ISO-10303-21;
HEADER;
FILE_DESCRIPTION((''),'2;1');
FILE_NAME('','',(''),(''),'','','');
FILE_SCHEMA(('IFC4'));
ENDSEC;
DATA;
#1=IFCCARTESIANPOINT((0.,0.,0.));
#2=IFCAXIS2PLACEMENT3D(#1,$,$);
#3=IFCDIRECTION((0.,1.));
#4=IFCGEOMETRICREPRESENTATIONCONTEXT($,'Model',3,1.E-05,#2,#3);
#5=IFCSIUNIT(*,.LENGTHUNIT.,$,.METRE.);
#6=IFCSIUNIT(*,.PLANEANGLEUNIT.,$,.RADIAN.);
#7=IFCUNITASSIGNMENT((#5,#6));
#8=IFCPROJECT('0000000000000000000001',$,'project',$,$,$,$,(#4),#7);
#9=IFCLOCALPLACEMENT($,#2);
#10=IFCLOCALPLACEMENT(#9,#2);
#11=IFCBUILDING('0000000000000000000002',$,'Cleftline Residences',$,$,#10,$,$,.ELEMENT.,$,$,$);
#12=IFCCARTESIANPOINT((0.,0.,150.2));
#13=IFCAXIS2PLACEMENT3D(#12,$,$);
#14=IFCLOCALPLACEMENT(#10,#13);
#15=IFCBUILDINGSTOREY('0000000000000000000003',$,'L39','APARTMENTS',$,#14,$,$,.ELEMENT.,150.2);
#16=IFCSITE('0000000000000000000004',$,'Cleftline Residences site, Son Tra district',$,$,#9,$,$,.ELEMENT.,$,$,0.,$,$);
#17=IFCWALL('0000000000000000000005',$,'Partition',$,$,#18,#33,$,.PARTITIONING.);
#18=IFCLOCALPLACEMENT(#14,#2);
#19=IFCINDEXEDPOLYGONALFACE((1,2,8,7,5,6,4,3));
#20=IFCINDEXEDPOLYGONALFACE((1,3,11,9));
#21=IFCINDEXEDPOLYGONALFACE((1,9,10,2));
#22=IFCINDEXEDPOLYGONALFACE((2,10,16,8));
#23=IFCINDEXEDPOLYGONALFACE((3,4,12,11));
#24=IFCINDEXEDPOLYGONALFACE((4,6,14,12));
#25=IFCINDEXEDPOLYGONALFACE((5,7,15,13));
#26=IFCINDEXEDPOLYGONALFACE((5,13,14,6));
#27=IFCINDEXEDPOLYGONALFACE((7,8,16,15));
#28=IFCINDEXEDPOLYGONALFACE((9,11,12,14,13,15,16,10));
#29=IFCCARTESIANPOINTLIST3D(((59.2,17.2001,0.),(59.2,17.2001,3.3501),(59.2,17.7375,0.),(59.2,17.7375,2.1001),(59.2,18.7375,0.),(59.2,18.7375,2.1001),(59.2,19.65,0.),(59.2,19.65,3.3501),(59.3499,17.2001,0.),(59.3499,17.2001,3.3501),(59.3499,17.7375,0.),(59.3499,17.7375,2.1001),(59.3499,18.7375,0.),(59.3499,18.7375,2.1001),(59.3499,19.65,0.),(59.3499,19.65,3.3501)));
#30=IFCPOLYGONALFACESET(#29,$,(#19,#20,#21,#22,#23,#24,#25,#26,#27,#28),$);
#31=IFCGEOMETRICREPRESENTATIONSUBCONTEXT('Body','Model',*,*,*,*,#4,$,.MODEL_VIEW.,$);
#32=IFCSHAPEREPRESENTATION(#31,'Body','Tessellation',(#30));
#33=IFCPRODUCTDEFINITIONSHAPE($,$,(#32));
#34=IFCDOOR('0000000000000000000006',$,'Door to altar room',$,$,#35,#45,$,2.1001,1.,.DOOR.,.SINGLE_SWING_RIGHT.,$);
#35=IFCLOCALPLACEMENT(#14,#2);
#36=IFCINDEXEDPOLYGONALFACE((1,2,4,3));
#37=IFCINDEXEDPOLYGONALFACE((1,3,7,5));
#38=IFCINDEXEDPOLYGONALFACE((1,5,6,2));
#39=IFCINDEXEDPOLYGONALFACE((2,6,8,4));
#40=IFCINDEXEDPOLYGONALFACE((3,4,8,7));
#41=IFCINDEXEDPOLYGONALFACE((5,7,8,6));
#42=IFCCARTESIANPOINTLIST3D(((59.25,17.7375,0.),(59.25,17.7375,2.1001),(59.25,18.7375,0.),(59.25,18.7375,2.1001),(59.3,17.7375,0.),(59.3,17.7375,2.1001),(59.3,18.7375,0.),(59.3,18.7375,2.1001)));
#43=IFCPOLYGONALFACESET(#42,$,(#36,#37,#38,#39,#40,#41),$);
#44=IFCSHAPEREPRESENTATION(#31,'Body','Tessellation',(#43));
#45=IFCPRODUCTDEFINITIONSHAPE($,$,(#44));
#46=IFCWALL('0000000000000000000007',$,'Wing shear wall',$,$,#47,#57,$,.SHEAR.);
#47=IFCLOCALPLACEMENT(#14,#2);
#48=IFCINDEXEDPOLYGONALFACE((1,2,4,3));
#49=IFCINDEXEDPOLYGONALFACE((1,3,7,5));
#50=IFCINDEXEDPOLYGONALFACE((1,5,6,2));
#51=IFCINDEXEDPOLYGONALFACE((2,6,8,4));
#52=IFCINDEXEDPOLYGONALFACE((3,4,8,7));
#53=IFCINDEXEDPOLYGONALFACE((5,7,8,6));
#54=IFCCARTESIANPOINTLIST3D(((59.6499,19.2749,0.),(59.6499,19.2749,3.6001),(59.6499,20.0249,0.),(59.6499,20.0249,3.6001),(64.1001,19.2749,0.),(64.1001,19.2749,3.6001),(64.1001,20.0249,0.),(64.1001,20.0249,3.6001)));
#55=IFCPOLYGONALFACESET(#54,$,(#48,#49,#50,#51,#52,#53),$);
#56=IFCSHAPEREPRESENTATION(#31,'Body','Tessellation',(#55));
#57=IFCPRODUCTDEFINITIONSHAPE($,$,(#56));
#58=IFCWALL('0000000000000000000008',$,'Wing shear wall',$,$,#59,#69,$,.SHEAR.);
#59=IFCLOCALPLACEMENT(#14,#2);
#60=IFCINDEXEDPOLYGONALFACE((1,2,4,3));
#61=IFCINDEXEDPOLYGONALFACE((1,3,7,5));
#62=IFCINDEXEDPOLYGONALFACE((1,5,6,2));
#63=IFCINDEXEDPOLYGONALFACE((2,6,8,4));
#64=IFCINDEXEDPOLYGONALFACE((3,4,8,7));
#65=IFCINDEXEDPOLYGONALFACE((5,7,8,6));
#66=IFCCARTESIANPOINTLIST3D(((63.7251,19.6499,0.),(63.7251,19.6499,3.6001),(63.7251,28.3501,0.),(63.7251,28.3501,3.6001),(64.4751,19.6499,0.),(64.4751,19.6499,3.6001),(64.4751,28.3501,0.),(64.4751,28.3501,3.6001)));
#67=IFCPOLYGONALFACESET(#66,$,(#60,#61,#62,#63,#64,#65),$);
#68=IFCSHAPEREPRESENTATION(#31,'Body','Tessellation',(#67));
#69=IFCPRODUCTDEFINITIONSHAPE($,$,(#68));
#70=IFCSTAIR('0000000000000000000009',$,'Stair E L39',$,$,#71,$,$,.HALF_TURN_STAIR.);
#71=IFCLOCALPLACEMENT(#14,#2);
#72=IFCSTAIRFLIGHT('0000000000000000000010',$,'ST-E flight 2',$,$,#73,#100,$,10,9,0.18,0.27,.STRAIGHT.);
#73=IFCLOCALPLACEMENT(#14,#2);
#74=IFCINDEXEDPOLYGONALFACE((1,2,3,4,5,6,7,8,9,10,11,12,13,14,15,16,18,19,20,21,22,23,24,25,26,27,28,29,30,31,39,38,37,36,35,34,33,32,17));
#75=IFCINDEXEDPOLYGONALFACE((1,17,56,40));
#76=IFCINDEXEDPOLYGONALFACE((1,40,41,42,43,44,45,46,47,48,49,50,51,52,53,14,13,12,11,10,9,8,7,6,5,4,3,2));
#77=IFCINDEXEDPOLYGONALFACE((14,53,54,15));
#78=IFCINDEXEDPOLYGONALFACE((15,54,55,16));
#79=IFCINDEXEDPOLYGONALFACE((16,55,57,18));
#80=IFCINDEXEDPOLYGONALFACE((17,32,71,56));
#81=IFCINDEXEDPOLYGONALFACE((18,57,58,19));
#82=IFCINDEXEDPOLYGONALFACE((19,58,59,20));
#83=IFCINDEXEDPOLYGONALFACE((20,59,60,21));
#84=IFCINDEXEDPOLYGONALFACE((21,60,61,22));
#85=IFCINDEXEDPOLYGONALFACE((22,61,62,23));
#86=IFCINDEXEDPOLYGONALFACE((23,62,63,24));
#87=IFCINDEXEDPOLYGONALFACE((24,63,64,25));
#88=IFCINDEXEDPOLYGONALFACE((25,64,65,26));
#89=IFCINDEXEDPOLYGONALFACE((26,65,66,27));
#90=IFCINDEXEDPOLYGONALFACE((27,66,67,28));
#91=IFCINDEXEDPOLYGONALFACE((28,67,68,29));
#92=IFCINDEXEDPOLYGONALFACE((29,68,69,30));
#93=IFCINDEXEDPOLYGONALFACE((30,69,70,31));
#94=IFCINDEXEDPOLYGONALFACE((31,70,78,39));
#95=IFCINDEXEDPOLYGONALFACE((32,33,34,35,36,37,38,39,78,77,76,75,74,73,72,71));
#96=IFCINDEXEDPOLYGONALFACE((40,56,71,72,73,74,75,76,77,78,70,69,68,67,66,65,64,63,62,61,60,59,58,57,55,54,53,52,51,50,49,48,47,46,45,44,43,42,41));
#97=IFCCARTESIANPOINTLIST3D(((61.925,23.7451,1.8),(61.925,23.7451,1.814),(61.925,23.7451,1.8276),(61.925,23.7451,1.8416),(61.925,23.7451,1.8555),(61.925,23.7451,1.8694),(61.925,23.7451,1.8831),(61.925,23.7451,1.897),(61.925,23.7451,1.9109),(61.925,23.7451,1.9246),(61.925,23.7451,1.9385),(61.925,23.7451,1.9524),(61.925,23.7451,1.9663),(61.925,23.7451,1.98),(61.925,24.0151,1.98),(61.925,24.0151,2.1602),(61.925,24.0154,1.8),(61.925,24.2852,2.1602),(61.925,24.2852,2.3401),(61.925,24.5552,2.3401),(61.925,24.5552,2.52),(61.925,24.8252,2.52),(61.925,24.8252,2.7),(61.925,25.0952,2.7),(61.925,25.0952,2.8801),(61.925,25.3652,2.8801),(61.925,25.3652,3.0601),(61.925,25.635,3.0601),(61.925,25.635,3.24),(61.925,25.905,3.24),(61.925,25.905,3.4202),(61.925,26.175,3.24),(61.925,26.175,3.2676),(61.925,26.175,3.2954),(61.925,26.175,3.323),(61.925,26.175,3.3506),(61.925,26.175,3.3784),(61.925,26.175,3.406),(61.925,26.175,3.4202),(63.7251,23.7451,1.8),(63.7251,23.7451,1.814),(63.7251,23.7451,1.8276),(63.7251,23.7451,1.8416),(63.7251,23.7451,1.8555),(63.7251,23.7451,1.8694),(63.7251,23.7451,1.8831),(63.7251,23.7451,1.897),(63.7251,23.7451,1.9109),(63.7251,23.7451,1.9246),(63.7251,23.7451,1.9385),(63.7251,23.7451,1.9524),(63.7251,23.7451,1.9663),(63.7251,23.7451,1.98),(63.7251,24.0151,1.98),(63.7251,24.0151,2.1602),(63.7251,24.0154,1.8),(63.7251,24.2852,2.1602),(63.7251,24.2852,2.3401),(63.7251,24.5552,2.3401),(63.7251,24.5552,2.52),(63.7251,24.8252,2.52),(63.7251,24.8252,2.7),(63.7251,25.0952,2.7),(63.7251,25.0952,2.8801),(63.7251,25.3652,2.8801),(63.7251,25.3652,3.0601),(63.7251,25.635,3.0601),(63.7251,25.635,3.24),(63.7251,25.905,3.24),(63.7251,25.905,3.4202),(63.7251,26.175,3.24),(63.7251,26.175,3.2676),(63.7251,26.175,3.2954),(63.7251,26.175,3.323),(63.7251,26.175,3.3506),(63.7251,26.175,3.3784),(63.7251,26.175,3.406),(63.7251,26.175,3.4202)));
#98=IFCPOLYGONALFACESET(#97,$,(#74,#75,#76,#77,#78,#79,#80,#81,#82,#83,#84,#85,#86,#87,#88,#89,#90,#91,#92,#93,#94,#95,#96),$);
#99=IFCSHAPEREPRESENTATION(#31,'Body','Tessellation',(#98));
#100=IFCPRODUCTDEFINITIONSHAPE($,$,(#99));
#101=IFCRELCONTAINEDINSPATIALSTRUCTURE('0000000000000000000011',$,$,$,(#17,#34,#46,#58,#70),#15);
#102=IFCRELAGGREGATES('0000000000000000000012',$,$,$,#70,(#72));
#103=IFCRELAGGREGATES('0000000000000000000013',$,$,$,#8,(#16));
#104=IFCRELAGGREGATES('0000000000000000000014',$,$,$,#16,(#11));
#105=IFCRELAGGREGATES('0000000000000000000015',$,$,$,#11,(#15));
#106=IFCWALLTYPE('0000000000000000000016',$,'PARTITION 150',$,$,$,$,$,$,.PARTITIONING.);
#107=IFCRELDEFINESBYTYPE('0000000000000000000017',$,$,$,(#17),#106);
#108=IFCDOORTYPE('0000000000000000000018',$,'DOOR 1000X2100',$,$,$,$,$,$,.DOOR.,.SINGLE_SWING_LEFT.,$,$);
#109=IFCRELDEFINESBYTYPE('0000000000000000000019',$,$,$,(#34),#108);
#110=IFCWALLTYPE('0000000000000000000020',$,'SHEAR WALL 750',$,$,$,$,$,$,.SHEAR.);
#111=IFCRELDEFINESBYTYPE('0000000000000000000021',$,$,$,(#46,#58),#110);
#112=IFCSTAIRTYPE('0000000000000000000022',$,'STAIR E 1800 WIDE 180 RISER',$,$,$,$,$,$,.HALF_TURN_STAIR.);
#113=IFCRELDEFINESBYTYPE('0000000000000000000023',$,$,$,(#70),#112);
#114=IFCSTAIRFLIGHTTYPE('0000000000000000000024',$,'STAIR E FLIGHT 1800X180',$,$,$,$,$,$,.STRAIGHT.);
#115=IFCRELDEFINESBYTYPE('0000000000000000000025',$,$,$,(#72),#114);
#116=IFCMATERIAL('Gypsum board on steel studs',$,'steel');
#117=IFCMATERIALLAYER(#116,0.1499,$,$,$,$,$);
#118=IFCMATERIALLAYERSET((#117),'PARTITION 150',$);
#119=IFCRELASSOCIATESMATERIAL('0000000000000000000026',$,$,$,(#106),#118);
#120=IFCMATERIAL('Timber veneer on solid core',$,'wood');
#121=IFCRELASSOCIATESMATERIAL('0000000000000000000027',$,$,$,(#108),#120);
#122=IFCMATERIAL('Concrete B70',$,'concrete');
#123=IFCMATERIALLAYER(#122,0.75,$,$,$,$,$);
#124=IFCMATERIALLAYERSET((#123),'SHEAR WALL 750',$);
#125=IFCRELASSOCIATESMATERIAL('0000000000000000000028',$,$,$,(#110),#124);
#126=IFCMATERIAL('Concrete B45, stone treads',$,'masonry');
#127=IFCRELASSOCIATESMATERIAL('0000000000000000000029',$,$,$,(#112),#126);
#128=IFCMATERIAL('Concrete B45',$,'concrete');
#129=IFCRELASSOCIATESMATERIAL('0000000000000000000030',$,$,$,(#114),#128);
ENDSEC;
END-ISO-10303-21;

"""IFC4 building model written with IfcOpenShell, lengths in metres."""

from ifc_helpers import new_model, si_unit, direction, frame, frame_2d, origin, place, context, subcontext, project, spatial, polyline, rectangle, outline, extrude, material, layer, layer_set, type_object, element, fill, aggregate, save


model = new_model("IFC4")

# Units and contexts
model_context = context("Model", 3, precision=1e-05, world=origin(), true_north=direction((0.0, 1.0)))
body_context = subcontext(model_context, "Body", "Model", "MODEL_VIEW")
ifc_project = project(units=[si_unit("LENGTHUNIT", "METRE"), si_unit("PLANEANGLEUNIT", "RADIAN")], contexts=[model_context])

# Site, building, storey
site_placement = place(None, origin())
site = spatial("IfcSite", under=ifc_project, at=site_placement, Name="Cleftline Residences site, Son Tra district", CompositionType="ELEMENT", RefElevation=0.0)
building_placement = place(site_placement, origin())
building = spatial("IfcBuilding", under=site, at=building_placement, Name="Cleftline Residences", CompositionType="ELEMENT")
storey_placement = place(building_placement, frame((0.0, 0.0, 150.2)))
storey = spatial("IfcBuildingStorey", under=building, at=storey_placement, Name="L39", Description="APARTMENTS", CompositionType="ELEMENT", Elevation=150.2)

# Shared definitions
ifc_material_1 = material(Name="Gypsum board on steel studs", Category="steel")
ifc_layer_1 = layer(ifc_material_1, 0.1499)
ifc_layer_set_1 = layer_set([ifc_layer_1], Name="PARTITION 150")
wall_type_1 = type_object("IfcWallType", Name="PARTITION 150", PredefinedType="PARTITIONING", material=ifc_layer_set_1)

# Shared definitions
ifc_material_2 = material(Name="Timber veneer on solid core", Category="wood")
door_type_1 = type_object("IfcDoorType", Name="DOOR 1000X2100", OperationType="SINGLE_SWING_LEFT", PredefinedType="DOOR", material=ifc_material_2)

# Wall, opening, door
wall_1_placement = place(storey_placement, frame((59.2749, 17.2, 0.0), z_axis=(0.0, 0.0, 1.0), x_axis=(0.0, 1.0, 0.0)))
wall_1 = element("IfcWall", 1, at=wall_1_placement, inside=storey, type_object=wall_type_1, Name="Partition", PredefinedType="PARTITIONING", context=body_context, shape_type="SweptSolid", body=[
    extrude(rectangle(XDim=2.45, YDim=0.1499, at=frame_2d((1.2251, 0.0))), origin(), (0.0, 0.0, 1.0), 3.3501),
])
opening_1_placement = place(wall_1_placement, frame((0.5376, 0.0, 0.0)))
opening_1 = element("IfcOpeningElement", 2, at=opening_1_placement, cuts=wall_1, PredefinedType="OPENING", context=body_context, shape_type="SweptSolid", body=[
    extrude(rectangle(XDim=1.0, YDim=2.1001, at=frame_2d((0.5, 1.05))), frame((0.0, 0.085, 0.0), z_axis=(0.0, -1.0, 0.0), x_axis=(1.0, 0.0, 0.0)), (0.0, 0.0, 1.0), 0.1699),
])
door_1_placement = place(opening_1_placement, origin())
door_1 = element("IfcDoor", 3, at=door_1_placement, inside=storey, type_object=door_type_1, Name="Door to altar room", OperationType="SINGLE_SWING_RIGHT", OverallHeight=2.1001, OverallWidth=1.0, PredefinedType="DOOR", context=body_context, shape_type="SweptSolid", body=[
    extrude(rectangle(XDim=1.0, YDim=2.1001, at=frame_2d((0.5, 1.05))), frame((0.0, 0.0249, 0.0), z_axis=(0.0, -1.0, 0.0), x_axis=(1.0, 0.0, 0.0)), (0.0, 0.0, 1.0), 0.05),
])
fill(opening_1, door_1)

# Walls
ifc_material_3 = material(Name="Concrete B70", Category="concrete")
ifc_layer_2 = layer(ifc_material_3, 0.75)
ifc_layer_set_2 = layer_set([ifc_layer_2], Name="SHEAR WALL 750")
wall_type_2 = type_object("IfcWallType", Name="SHEAR WALL 750", PredefinedType="SHEAR", material=ifc_layer_set_2)
wall_2_placement = place(storey_placement, frame((59.6499, 19.6499, 0.0), z_axis=(0.0, 0.0, 1.0), x_axis=(1.0, 0.0, 0.0)))
element("IfcWall", 4, at=wall_2_placement, inside=storey, type_object=wall_type_2, Name="Wing shear wall", PredefinedType="SHEAR", context=body_context, shape_type="SweptSolid", body=[
    extrude(rectangle(XDim=4.4502, YDim=0.75, at=frame_2d((2.2251, 0.0))), origin(), (0.0, 0.0, 1.0), 3.6001),
])
wall_3_placement = place(storey_placement, frame((64.1001, 19.6499, 0.0), z_axis=(0.0, 0.0, 1.0), x_axis=(0.0, 1.0, 0.0)))
element("IfcWall", 5, at=wall_3_placement, inside=storey, type_object=wall_type_2, Name="Wing shear wall", PredefinedType="SHEAR", context=body_context, shape_type="SweptSolid", body=[
    extrude(rectangle(XDim=8.7002, YDim=0.75, at=frame_2d((4.3501, 0.0))), origin(), (0.0, 0.0, 1.0), 3.6001),
])

# Stair, stair flight
ifc_material_4 = material(Name="Concrete B45, stone treads", Category="masonry")
stair_type = type_object("IfcStairType", Name="STAIR E 1800 WIDE 180 RISER", PredefinedType="HALF_TURN_STAIR", material=ifc_material_4)
stair_placement = place(storey_placement, origin())
stair = element("IfcStair", 6, at=stair_placement, inside=storey, type_object=stair_type, Name="Stair E L39", PredefinedType="HALF_TURN_STAIR")
ifc_material_5 = material(Name="Concrete B45", Category="concrete")
stair_flight_type = type_object("IfcStairFlightType", Name="STAIR E FLIGHT 1800X180", PredefinedType="STRAIGHT", material=ifc_material_5)
stair_flight_placement = place(storey_placement, frame((62.825, 23.7451, 1.8), z_axis=(0.0, 0.0, 1.0), x_axis=(0.0, 1.0, 0.0)))
stair_flight = element("IfcStairFlight", 7, at=stair_flight_placement, type_object=stair_flight_type, Name="ST-E flight 2", NumberOfRisers=10, NumberOfTreads=9, PredefinedType="STRAIGHT", RiserHeight=0.18, TreadLength=0.27, context=body_context, shape_type="SweptSolid", body=[
    extrude(outline(polyline([(0.0, 0.0), (0.0, 0.0139), (0.0, 0.0276), (0.0, 0.0415), (0.0, 0.0554), (0.0, 0.0693), (0.0, 0.083), (0.0, 0.0969), (0.0, 0.1108), (0.0, 0.1245), (0.0, 0.1384), (0.0, 0.1523), (0.0, 0.1663), (0.0, 0.1799), (0.27, 0.1799), (0.27, 0.3601), (0.54, 0.3601), (0.54, 0.54), (0.8101, 0.54), (0.8101, 0.72), (1.0801, 0.72), (1.0801, 0.8999), (1.3501, 0.8999), (1.3501, 1.0801), (1.6201, 1.0801), (1.6201, 1.26), (1.8899, 1.26), (1.8899, 1.4399), (2.1599, 1.4399), (2.1599, 1.6201), (2.4299, 1.6201), (2.4299, 1.8), (2.4299, 1.7722), (2.4299, 1.7446), (2.4299, 1.7168), (2.4299, 1.6892), (2.4299, 1.6614), (2.4299, 1.6338), (2.4299, 1.606), (2.4299, 1.5784), (2.4299, 1.5505), (2.4299, 1.5229), (2.4299, 1.4954), (2.4299, 1.4675), (2.4299, 1.4399), (0.2703, 0.0), (0.0, 0.0)])), frame((0.0, 0.8999, 0.0), z_axis=(0.0, -1.0, 0.0), x_axis=(1.0, 0.0, 0.0)), (0.0, 0.0, 1.0), 1.8),
])
aggregate(stair, [stair_flight])

save(model, "model.ifc")
